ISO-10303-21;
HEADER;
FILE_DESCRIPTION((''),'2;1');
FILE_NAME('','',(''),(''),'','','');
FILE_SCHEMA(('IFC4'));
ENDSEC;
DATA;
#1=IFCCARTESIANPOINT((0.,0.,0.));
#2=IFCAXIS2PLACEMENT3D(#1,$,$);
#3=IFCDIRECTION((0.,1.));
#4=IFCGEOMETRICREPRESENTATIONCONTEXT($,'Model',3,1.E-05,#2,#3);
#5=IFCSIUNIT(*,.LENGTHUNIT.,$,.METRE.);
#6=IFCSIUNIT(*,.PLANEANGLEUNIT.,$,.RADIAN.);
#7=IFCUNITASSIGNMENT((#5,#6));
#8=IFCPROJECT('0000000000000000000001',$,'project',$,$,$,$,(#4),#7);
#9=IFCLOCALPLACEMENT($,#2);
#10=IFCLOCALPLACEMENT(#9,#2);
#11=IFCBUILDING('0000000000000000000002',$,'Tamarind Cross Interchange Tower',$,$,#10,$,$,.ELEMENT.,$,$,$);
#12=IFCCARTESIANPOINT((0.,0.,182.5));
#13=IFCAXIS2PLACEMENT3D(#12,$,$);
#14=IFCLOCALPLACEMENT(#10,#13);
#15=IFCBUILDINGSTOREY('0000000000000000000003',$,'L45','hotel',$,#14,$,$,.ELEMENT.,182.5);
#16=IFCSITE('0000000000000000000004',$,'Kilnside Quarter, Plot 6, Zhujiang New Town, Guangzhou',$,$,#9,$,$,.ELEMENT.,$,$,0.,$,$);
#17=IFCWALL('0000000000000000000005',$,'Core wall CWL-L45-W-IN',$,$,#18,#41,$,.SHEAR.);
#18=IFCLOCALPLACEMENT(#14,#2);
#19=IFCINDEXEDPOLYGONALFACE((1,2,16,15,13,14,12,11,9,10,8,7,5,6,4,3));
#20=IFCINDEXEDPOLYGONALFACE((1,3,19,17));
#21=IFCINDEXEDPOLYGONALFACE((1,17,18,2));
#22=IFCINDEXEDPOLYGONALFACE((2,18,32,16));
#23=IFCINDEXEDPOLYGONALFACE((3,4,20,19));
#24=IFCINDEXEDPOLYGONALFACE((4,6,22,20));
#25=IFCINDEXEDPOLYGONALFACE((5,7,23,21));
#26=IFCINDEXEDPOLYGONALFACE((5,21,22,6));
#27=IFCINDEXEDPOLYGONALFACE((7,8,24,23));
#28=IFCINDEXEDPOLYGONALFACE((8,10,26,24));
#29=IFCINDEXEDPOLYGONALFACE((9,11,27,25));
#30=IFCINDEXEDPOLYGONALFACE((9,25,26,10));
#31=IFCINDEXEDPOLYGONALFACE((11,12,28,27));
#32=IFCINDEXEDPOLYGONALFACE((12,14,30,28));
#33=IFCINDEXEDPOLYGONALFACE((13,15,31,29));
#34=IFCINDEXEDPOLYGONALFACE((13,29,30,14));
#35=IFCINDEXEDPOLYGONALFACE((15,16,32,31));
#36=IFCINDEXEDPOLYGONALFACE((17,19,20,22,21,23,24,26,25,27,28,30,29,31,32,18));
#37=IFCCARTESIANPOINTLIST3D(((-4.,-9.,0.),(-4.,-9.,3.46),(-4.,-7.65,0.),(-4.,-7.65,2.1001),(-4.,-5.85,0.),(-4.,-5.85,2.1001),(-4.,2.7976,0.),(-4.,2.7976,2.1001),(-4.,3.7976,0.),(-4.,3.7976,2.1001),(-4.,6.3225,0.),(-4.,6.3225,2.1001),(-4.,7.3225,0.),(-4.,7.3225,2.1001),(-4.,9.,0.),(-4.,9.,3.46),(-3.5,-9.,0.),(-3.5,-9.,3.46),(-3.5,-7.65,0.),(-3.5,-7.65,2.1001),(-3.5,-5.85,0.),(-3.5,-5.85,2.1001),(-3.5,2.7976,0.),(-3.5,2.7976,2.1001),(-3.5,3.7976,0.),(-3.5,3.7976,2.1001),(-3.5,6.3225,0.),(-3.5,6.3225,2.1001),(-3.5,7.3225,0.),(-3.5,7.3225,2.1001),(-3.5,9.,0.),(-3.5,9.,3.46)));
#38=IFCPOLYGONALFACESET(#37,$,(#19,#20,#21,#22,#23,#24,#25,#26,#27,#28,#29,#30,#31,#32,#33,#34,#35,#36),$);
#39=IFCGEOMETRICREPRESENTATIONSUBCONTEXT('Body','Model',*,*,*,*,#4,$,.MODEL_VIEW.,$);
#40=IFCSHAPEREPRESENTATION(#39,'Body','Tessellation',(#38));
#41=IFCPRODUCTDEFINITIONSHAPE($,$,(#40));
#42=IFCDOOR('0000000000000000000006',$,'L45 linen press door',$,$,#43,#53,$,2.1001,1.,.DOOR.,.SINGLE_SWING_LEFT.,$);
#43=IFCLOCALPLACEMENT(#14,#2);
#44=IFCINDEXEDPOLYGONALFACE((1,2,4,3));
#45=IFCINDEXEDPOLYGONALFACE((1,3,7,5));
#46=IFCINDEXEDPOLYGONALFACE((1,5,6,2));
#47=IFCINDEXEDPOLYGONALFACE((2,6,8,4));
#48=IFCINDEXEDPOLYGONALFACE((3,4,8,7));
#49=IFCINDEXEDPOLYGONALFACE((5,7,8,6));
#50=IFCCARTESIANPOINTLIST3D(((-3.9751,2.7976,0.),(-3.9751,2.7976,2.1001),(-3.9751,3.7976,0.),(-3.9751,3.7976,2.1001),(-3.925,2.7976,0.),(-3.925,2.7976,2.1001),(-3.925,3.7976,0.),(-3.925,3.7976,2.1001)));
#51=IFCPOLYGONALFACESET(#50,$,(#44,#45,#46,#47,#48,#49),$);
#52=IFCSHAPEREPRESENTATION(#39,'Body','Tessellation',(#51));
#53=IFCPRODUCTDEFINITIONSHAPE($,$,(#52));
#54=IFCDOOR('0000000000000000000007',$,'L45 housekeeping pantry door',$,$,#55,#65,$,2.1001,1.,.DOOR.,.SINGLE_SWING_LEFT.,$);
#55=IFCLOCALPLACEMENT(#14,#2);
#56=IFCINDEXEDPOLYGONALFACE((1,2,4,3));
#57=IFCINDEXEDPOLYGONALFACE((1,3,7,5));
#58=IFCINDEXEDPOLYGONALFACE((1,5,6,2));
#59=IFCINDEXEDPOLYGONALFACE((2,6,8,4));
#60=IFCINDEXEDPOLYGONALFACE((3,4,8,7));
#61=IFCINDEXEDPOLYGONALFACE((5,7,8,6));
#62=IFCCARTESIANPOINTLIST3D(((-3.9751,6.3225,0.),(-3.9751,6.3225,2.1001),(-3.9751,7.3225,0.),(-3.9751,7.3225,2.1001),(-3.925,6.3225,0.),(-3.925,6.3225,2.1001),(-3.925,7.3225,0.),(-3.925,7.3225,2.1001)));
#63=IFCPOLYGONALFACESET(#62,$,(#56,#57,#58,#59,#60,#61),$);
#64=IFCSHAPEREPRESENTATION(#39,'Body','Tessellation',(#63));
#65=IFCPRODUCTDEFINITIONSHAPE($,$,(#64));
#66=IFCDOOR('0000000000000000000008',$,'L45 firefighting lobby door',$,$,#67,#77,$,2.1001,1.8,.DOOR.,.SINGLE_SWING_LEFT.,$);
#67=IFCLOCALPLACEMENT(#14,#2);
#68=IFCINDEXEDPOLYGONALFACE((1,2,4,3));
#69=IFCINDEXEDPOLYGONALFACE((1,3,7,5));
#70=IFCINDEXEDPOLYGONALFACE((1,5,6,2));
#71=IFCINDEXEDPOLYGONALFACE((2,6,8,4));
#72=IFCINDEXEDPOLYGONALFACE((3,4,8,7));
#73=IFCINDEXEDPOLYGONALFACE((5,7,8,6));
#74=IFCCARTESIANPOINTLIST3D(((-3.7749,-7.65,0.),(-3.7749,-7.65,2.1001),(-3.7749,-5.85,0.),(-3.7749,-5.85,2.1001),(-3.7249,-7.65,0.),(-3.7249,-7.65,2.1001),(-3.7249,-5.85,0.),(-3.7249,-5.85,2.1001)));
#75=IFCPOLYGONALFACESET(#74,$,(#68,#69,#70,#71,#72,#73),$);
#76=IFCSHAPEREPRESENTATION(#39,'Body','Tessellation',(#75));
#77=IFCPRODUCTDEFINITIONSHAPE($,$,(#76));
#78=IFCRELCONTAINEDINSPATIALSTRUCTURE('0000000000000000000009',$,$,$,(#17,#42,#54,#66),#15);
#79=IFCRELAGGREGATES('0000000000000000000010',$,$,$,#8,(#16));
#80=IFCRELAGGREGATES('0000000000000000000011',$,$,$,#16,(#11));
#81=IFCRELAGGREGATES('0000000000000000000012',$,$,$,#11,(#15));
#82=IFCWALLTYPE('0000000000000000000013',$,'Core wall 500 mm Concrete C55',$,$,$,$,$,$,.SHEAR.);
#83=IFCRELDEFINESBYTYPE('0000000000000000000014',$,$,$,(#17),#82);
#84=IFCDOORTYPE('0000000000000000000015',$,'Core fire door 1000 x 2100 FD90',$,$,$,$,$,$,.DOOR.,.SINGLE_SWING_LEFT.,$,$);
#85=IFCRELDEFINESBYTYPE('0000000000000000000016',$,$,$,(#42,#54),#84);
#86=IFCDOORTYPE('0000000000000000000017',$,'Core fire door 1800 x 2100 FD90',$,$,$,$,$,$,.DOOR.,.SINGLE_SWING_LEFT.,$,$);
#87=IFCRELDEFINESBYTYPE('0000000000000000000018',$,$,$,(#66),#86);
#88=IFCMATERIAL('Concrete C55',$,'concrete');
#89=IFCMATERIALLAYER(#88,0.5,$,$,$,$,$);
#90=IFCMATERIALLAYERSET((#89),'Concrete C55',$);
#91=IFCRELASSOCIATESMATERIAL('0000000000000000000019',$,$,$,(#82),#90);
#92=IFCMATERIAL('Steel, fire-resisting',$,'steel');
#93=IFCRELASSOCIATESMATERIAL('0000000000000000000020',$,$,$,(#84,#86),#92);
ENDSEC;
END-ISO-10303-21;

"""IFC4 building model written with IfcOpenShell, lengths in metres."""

from ifc_helpers import new_model, si_unit, direction, frame, frame_2d, origin, place, context, subcontext, project, spatial, rectangle, extrude, material, layer, layer_set, type_object, element, fill, save


model = new_model("IFC4")

# Units and contexts
model_context = context("Model", 3, precision=1e-05, world=origin(), true_north=direction((0.0, 1.0)))
body_context = subcontext(model_context, "Body", "Model", "MODEL_VIEW")
ifc_project = project(units=[si_unit("LENGTHUNIT", "METRE"), si_unit("PLANEANGLEUNIT", "RADIAN")], contexts=[model_context])

# Site, building, storey
site_placement = place(None, origin())
site = spatial("IfcSite", under=ifc_project, at=site_placement, Name="Kilnside Quarter, Plot 6, Zhujiang New Town, Guangzhou", CompositionType="ELEMENT", RefElevation=0.0)
building_placement = place(site_placement, origin())
building = spatial("IfcBuilding", under=site, at=building_placement, Name="Tamarind Cross Interchange Tower", CompositionType="ELEMENT")
storey_placement = place(building_placement, frame((0.0, 0.0, 182.5)))
storey = spatial("IfcBuildingStorey", under=building, at=storey_placement, Name="L45", Description="hotel", CompositionType="ELEMENT", Elevation=182.5)

# Wall, openings, doors
ifc_material_1 = material(Name="Concrete C55", Category="concrete")
ifc_layer_1 = layer(ifc_material_1, 0.5)
ifc_layer_set_1 = layer_set([ifc_layer_1], Name="Concrete C55")
wall_type = type_object("IfcWallType", Name="Core wall 500 mm Concrete C55", PredefinedType="SHEAR", material=ifc_layer_set_1)
wall_placement = place(storey_placement, frame((-3.75, -9.0, 0.0), z_axis=(0.0, 0.0, 1.0), x_axis=(0.0, 1.0, 0.0)))
wall = element("IfcWall", 1, at=wall_placement, inside=storey, type_object=wall_type, Name="Core wall CWL-L45-W-IN", PredefinedType="SHEAR", context=body_context, shape_type="SweptSolid", body=[
    extrude(rectangle(XDim=18.0, YDim=0.5, at=frame_2d((9.0, 0.0))), origin(), (0.0, 0.0, 1.0), 3.46),
])
opening_1_placement = place(wall_placement, frame((1.3501, 0.0, 0.0)))
opening_1 = element("IfcOpeningElement", 2, at=opening_1_placement, cuts=wall, PredefinedType="OPENING", context=body_context, shape_type="SweptSolid", body=[
    extrude(rectangle(XDim=1.8, YDim=2.1001, at=frame_2d((0.8999, 1.05))), frame((0.0, 0.26, 0.0), z_axis=(0.0, -1.0, 0.0), x_axis=(1.0, 0.0, 0.0)), (0.0, 0.0, 1.0), 0.52),
])
opening_2_placement = place(wall_placement, frame((11.7976, 0.0, 0.0)))
opening_2 = element("IfcOpeningElement", 3, at=opening_2_placement, cuts=wall, PredefinedType="OPENING", context=body_context, shape_type="SweptSolid", body=[
    extrude(rectangle(XDim=1.0, YDim=2.1001, at=frame_2d((0.5, 1.05))), frame((0.0, 0.26, 0.0), z_axis=(0.0, -1.0, 0.0), x_axis=(1.0, 0.0, 0.0)), (0.0, 0.0, 1.0), 0.52),
])
opening_3_placement = place(wall_placement, frame((15.3225, 0.0, 0.0)))
opening_3 = element("IfcOpeningElement", 4, at=opening_3_placement, cuts=wall, PredefinedType="OPENING", context=body_context, shape_type="SweptSolid", body=[
    extrude(rectangle(XDim=1.0, YDim=2.1001, at=frame_2d((0.5, 1.05))), frame((0.0, 0.26, 0.0), z_axis=(0.0, -1.0, 0.0), x_axis=(1.0, 0.0, 0.0)), (0.0, 0.0, 1.0), 0.52),
])
ifc_material_2 = material(Name="Steel, fire-resisting", Category="steel")
door_type_1 = type_object("IfcDoorType", Name="Core fire door 1000 x 2100 FD90", OperationType="SINGLE_SWING_LEFT", PredefinedType="DOOR", material=ifc_material_2)
door_1_placement = place(opening_2_placement, origin())
door_1 = element("IfcDoor", 5, at=door_1_placement, inside=storey, type_object=door_type_1, Name="L45 linen press door", OperationType="SINGLE_SWING_LEFT", OverallHeight=2.1001, OverallWidth=1.0, PredefinedType="DOOR", context=body_context, shape_type="SweptSolid", body=[
    extrude(rectangle(XDim=1.0, YDim=2.1001, at=frame_2d((0.5, 1.05))), frame((0.0, 0.2251, 0.0), z_axis=(0.0, -1.0, 0.0), x_axis=(1.0, 0.0, 0.0)), (0.0, 0.0, 1.0), 0.05),
])
fill(opening_2, door_1)
door_2_placement = place(opening_3_placement, origin())
door_2 = element("IfcDoor", 6, at=door_2_placement, inside=storey, type_object=door_type_1, Name="L45 housekeeping pantry door", OperationType="SINGLE_SWING_LEFT", OverallHeight=2.1001, OverallWidth=1.0, PredefinedType="DOOR", context=body_context, shape_type="SweptSolid", body=[
    extrude(rectangle(XDim=1.0, YDim=2.1001, at=frame_2d((0.5, 1.05))), frame((0.0, 0.2251, 0.0), z_axis=(0.0, -1.0, 0.0), x_axis=(1.0, 0.0, 0.0)), (0.0, 0.0, 1.0), 0.05),
])
fill(opening_3, door_2)
door_type_2 = type_object("IfcDoorType", Name="Core fire door 1800 x 2100 FD90", OperationType="SINGLE_SWING_LEFT", PredefinedType="DOOR", material=ifc_material_2)
door_3_placement = place(opening_1_placement, origin())
door_3 = element("IfcDoor", 7, at=door_3_placement, inside=storey, type_object=door_type_2, Name="L45 firefighting lobby door", OperationType="SINGLE_SWING_LEFT", OverallHeight=2.1001, OverallWidth=1.8, PredefinedType="DOOR", context=body_context, shape_type="SweptSolid", body=[
    extrude(rectangle(XDim=1.8, YDim=2.1001, at=frame_2d((0.8999, 1.05))), frame((0.0, 0.0249, 0.0), z_axis=(0.0, -1.0, 0.0), x_axis=(1.0, 0.0, 0.0)), (0.0, 0.0, 1.0), 0.05),
])
fill(opening_1, door_3)

save(model, "model.ifc")
